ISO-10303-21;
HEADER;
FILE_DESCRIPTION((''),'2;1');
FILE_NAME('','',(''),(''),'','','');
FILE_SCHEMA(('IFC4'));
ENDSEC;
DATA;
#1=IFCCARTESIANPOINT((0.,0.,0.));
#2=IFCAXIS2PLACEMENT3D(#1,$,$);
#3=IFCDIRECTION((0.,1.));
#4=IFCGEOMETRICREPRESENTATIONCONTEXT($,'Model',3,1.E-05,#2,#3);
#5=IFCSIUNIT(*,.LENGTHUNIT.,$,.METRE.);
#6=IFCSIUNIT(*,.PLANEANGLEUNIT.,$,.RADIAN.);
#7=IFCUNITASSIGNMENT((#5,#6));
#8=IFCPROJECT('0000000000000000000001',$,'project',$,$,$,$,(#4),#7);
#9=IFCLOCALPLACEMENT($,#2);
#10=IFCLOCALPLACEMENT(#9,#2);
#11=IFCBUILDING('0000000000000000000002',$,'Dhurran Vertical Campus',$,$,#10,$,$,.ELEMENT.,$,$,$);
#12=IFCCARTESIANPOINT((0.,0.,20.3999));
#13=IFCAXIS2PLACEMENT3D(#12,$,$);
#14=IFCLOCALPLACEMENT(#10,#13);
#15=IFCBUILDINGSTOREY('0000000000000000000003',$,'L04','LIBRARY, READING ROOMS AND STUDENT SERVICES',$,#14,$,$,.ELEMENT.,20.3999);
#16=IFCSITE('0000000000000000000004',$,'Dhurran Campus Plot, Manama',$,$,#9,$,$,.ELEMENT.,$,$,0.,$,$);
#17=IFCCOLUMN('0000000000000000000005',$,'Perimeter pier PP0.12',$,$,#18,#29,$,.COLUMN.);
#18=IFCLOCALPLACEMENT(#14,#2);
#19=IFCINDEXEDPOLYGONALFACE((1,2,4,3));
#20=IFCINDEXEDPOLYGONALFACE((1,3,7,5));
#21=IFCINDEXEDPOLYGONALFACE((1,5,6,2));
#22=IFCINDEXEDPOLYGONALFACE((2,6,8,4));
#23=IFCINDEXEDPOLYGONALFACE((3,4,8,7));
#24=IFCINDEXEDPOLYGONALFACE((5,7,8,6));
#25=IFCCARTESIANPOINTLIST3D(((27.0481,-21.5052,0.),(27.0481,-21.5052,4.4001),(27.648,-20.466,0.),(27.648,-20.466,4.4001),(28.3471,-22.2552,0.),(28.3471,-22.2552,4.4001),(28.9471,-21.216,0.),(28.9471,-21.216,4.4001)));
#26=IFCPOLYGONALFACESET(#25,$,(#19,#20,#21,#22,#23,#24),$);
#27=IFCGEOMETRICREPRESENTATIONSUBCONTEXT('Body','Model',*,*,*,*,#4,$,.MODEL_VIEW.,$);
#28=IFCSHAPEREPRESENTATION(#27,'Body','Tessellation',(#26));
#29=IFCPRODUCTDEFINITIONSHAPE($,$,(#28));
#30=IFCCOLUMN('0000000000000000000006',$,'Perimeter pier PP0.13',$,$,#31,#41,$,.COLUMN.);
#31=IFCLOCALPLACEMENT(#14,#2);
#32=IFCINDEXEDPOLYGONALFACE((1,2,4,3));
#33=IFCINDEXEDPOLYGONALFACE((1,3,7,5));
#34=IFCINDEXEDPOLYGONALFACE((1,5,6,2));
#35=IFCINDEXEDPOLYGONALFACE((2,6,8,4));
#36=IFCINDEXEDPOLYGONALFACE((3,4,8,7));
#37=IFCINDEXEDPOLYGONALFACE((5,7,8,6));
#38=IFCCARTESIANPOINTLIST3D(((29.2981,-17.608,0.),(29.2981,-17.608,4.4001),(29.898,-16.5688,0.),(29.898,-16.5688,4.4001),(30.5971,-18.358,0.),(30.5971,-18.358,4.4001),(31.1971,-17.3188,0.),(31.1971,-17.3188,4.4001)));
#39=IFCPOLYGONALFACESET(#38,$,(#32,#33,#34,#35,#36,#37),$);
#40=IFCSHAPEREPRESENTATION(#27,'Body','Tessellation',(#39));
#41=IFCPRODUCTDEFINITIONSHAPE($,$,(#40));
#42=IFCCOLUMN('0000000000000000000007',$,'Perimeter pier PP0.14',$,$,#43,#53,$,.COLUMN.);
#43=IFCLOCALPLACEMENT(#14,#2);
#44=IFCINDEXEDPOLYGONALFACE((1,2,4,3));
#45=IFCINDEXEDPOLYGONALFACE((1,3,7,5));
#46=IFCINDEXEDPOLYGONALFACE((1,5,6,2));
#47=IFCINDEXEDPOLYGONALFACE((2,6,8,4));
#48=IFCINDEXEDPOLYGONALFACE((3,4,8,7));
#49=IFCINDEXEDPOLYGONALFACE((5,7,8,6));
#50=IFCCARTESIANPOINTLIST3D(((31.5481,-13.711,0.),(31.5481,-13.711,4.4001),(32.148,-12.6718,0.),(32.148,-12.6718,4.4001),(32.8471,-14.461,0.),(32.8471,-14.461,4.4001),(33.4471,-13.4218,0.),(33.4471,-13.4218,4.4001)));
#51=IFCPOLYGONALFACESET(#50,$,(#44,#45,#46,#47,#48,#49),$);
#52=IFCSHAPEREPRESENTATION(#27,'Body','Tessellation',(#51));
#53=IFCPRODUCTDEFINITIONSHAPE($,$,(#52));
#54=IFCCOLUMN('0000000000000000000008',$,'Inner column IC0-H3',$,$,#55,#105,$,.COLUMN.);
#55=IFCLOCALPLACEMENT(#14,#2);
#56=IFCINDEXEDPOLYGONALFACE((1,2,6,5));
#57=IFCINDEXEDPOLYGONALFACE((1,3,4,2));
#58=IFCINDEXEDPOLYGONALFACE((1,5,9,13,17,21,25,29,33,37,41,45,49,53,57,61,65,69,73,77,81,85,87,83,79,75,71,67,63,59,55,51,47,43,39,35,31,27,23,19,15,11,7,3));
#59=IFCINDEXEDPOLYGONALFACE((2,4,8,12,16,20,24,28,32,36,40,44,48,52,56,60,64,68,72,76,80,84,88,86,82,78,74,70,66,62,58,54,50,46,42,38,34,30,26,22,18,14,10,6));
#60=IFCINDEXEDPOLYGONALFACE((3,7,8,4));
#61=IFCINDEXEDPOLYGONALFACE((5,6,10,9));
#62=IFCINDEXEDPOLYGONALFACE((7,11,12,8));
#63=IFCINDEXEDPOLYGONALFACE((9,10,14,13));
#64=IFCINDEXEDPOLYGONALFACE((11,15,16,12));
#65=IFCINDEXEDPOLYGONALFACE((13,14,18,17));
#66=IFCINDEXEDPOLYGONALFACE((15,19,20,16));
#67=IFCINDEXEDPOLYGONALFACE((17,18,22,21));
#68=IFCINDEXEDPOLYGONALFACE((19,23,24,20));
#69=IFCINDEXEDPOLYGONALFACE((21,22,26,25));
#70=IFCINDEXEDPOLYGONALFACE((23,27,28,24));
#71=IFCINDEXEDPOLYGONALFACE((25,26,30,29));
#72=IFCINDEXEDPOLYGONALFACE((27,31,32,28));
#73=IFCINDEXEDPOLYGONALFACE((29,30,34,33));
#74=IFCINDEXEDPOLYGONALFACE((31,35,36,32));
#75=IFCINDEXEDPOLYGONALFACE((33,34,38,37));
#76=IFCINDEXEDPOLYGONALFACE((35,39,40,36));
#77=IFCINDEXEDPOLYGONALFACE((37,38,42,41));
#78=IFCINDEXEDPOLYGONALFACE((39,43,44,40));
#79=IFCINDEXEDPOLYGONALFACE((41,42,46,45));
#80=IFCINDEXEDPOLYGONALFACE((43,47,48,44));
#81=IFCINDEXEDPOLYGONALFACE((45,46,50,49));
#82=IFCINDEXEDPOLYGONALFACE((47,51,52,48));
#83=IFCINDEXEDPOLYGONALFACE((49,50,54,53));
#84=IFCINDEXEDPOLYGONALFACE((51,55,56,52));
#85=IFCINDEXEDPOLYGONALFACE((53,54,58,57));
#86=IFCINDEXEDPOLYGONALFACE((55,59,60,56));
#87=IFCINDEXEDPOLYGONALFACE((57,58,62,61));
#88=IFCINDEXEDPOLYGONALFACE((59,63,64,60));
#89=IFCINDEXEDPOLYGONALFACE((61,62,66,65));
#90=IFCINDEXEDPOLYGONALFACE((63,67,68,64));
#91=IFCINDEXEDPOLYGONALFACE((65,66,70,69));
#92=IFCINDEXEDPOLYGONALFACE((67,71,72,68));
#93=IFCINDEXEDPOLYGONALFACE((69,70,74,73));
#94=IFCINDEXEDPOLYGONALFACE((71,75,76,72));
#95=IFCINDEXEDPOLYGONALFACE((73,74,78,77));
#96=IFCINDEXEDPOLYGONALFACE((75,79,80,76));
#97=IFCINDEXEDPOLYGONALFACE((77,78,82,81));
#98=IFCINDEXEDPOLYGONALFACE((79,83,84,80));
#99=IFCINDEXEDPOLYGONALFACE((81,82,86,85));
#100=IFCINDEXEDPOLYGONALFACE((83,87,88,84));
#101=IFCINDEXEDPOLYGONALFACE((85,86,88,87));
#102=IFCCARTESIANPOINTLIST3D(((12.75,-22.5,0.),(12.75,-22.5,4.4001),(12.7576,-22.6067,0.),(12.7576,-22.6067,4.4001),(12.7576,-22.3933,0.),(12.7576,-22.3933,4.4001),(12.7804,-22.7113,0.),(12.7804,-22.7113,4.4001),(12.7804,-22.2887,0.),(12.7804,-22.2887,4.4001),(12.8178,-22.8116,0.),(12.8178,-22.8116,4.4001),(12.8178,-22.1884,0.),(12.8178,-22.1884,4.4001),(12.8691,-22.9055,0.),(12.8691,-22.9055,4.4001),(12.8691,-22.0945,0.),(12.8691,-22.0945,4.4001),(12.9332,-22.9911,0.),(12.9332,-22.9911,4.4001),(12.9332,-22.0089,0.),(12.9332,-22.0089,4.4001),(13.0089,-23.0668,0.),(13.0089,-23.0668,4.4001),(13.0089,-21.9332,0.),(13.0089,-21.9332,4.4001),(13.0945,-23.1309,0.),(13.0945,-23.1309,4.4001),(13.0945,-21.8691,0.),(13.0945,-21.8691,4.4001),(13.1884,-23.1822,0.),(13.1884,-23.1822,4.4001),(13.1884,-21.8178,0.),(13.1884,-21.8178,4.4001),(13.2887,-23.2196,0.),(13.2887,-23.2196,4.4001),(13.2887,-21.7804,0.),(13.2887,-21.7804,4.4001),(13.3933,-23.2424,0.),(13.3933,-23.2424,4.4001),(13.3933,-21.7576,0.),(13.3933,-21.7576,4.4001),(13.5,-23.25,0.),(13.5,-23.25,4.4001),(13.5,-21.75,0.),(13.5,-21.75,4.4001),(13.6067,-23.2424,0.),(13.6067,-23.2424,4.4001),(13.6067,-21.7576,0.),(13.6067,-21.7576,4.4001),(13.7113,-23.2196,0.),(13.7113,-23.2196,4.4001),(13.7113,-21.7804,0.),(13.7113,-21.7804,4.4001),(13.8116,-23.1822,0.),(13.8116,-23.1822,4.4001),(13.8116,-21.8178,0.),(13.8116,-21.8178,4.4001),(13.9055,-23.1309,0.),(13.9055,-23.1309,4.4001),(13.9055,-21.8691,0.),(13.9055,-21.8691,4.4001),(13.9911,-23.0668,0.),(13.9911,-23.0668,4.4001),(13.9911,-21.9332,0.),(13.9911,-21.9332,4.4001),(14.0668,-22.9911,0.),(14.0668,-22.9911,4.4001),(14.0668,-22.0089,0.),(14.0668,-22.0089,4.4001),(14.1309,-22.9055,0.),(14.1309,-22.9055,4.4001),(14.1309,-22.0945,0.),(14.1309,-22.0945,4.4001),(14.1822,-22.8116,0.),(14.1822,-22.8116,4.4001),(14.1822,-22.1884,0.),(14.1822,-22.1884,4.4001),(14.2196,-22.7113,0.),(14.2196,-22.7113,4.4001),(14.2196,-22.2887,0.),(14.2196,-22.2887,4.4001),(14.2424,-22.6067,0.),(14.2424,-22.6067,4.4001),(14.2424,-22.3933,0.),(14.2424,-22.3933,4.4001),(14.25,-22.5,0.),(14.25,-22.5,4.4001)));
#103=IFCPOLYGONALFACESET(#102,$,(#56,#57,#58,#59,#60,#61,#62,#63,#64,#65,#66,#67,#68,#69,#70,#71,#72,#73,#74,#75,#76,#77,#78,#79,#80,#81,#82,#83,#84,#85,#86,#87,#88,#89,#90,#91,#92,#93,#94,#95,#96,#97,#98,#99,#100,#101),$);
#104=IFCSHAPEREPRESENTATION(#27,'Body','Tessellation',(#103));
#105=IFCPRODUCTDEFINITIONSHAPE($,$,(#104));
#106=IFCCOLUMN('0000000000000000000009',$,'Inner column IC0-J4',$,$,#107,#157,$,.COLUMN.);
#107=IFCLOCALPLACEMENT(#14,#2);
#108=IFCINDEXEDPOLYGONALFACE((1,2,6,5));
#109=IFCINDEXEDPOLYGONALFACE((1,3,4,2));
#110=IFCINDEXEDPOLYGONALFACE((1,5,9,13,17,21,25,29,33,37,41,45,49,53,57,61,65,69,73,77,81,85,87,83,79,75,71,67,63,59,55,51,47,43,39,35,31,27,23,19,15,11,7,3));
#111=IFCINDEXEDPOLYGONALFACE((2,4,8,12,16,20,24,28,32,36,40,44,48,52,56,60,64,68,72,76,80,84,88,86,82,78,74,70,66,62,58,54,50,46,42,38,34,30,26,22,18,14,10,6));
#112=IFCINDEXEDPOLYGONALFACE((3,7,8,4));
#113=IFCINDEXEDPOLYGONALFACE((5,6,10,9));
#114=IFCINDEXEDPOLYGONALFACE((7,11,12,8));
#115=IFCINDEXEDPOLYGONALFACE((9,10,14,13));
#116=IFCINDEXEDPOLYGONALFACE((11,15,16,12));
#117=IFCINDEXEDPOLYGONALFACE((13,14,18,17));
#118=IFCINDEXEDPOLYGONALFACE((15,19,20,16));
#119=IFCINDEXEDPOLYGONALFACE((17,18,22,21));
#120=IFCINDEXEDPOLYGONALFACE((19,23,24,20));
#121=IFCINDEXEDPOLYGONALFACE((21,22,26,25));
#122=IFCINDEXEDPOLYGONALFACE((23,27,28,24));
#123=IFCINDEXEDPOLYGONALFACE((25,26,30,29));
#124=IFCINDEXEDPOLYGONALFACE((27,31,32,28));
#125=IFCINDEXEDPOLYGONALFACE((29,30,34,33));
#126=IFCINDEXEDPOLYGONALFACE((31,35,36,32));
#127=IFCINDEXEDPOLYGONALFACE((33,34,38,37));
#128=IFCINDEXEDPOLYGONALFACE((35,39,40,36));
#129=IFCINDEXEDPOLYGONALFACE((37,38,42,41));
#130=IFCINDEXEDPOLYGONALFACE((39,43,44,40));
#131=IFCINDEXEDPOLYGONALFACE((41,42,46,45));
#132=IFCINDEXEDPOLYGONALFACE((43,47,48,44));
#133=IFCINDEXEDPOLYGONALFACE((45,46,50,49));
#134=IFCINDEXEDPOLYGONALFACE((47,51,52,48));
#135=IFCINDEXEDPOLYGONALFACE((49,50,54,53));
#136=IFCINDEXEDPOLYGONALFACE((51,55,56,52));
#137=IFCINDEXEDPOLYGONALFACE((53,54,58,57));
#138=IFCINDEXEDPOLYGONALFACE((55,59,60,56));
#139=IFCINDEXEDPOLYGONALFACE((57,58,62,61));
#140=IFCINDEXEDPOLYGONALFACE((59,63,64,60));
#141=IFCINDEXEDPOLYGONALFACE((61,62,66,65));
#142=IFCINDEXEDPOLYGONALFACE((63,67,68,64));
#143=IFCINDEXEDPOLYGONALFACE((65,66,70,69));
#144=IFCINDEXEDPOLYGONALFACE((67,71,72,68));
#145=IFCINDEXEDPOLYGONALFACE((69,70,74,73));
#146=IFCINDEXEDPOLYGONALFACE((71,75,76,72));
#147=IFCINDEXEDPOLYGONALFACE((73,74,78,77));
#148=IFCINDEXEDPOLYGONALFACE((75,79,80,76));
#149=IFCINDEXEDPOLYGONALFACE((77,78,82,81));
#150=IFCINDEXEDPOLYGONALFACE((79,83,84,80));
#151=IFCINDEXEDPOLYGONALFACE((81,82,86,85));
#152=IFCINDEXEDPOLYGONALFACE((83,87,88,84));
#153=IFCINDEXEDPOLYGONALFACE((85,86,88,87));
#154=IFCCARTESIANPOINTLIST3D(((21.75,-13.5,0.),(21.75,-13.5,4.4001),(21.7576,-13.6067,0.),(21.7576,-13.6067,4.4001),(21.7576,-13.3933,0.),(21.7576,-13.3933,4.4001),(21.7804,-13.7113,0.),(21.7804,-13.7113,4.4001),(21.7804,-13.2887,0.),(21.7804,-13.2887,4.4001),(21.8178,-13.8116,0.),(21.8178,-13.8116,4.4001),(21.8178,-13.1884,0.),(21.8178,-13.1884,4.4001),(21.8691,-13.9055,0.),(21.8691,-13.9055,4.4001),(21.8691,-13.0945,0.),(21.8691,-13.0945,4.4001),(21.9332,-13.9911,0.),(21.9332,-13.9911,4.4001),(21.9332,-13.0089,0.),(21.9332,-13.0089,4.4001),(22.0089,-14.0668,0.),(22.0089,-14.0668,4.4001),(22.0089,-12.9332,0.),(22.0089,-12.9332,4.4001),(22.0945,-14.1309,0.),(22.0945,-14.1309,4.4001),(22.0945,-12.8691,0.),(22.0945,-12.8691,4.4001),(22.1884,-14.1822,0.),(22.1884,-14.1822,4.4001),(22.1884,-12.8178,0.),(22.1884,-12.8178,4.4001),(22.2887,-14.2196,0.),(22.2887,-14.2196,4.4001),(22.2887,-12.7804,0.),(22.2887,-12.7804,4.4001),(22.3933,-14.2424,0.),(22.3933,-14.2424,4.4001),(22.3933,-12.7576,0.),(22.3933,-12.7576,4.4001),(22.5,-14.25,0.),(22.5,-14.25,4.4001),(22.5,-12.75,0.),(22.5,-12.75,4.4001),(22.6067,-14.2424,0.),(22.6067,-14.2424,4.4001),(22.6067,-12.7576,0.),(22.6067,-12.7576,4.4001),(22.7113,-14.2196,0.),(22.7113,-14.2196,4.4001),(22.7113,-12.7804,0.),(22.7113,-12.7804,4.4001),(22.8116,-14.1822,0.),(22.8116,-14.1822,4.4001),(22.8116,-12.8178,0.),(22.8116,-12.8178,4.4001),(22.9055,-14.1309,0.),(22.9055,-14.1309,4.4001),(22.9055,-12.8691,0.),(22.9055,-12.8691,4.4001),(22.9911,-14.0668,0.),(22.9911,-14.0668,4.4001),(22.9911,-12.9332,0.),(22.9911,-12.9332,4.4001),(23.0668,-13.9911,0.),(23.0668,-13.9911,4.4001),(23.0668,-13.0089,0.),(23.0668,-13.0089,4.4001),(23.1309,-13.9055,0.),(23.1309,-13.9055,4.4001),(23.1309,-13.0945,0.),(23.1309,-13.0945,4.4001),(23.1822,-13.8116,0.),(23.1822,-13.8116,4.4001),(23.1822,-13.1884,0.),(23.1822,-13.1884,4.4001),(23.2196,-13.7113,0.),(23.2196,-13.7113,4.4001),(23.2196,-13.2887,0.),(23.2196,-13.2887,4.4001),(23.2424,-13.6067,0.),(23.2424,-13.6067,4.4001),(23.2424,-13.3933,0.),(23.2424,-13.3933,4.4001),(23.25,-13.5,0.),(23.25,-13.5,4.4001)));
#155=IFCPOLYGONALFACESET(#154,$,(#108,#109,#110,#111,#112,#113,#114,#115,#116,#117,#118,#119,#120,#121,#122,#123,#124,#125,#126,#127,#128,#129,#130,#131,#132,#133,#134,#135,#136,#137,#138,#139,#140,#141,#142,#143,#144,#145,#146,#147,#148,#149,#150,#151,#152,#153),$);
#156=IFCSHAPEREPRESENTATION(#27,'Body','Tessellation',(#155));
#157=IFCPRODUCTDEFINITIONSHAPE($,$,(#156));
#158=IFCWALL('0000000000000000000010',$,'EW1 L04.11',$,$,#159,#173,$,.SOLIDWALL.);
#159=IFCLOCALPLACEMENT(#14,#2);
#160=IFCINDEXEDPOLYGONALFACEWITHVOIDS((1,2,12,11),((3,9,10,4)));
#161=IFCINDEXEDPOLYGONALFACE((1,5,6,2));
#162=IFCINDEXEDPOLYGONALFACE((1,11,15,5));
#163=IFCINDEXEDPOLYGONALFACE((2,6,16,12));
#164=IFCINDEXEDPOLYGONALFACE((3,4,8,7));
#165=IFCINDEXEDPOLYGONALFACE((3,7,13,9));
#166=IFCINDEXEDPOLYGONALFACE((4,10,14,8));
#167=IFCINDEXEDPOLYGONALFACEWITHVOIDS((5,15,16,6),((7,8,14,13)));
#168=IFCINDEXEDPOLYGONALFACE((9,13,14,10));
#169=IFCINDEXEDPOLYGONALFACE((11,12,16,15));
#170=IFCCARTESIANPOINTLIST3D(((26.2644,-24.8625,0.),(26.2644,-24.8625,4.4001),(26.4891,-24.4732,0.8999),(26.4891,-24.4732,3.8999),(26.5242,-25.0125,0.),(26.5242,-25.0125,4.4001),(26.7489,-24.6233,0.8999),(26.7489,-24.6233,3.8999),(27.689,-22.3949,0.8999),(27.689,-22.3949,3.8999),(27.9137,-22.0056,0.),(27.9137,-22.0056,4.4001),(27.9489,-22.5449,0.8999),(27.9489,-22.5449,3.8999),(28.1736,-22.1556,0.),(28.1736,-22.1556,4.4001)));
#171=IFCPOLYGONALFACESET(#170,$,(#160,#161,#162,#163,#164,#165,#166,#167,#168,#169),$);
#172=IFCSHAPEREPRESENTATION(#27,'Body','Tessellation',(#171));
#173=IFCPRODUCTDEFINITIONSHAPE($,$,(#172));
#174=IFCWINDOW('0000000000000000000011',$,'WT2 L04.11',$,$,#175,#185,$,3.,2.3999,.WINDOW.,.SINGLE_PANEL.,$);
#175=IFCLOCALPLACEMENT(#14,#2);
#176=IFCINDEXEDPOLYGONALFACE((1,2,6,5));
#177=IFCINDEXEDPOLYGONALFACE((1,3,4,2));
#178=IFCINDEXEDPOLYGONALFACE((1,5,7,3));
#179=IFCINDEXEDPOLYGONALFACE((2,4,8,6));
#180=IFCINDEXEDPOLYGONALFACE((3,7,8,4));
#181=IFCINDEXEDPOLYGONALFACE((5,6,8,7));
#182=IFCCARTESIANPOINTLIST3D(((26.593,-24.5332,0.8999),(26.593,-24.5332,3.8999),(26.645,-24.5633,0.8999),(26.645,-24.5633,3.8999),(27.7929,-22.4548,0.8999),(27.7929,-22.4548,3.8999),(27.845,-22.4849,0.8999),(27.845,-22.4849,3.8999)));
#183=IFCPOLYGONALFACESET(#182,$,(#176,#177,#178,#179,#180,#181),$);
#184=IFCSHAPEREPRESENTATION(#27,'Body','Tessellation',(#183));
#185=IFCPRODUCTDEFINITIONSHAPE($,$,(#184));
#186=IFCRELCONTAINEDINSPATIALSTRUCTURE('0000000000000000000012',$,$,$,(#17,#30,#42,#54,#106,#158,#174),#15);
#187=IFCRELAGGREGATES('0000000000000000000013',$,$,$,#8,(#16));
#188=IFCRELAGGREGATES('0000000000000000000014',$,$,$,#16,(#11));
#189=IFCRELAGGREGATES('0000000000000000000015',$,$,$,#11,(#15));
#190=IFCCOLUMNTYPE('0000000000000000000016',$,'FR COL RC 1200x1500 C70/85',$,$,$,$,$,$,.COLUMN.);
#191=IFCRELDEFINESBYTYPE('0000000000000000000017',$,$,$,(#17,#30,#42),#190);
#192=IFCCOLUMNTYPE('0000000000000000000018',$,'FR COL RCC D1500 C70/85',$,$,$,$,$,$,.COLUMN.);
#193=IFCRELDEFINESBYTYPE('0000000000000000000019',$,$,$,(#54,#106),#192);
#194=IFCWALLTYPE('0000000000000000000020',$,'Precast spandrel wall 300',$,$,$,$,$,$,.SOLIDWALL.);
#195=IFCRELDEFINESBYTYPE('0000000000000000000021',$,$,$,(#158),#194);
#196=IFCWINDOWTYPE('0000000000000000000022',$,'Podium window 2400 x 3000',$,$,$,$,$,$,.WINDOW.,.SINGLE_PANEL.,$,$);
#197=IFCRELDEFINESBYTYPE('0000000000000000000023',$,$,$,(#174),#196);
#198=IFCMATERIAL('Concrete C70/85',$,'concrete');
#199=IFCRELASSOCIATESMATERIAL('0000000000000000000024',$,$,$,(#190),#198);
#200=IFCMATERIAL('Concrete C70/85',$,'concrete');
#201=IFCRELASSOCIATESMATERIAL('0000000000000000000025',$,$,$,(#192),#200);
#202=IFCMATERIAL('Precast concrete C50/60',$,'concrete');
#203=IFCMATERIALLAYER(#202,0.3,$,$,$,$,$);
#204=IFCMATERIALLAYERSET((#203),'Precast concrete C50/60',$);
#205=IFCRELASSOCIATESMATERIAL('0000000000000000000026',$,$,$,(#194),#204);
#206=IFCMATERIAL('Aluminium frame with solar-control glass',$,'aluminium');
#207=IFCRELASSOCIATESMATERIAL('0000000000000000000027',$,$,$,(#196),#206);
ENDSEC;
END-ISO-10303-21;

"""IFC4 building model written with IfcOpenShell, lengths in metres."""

from ifc_helpers import new_model, si_unit, direction, frame, frame_2d, origin, origin_2d, place, context, subcontext, project, spatial, rectangle, circle, extrude, material, layer, layer_set, material_profile, profile_set, type_object, element, fill, save


model = new_model("IFC4")

# Units and contexts
model_context = context("Model", 3, precision=1e-05, world=origin(), true_north=direction((0.0, 1.0)))
body_context = subcontext(model_context, "Body", "Model", "MODEL_VIEW")
ifc_project = project(units=[si_unit("LENGTHUNIT", "METRE"), si_unit("PLANEANGLEUNIT", "RADIAN")], contexts=[model_context])

# Site, building, storey
site_placement = place(None, origin())
site = spatial("IfcSite", under=ifc_project, at=site_placement, Name="Dhurran Campus Plot, Manama", CompositionType="ELEMENT", RefElevation=0.0)
building_placement = place(site_placement, origin())
building = spatial("IfcBuilding", under=site, at=building_placement, Name="Dhurran Vertical Campus", CompositionType="ELEMENT")
storey_placement = place(building_placement, frame((0.0, 0.0, 20.3999)))
storey = spatial("IfcBuildingStorey", under=building, at=storey_placement, Name="L04", Description="LIBRARY, READING ROOMS AND STUDENT SERVICES", CompositionType="ELEMENT", Elevation=20.3999)

# Columns
ifc_material_1 = material(Name="Concrete C70/85", Category="concrete")
ifc_material_profile_1 = material_profile(ifc_material_1, rectangle(XDim=1.2, YDim=1.5, at=origin_2d()), Name="RC 1200x1500")
ifc_profile_set_1 = profile_set([ifc_material_profile_1], Name="Concrete C70/85")
column_type_1 = type_object("IfcColumnType", Name="FR COL RC 1200x1500 C70/85", PredefinedType="COLUMN", material=ifc_profile_set_1)
for number, where, z_axis, x_axis, name in (
    (1, (27.9976, -21.3606, 0.0), (0.0, 0.0, 1.0), (0.5, 0.866025, 0.0), "Perimeter pier PP0.12"),
    (2, (30.2476, -17.4634, 0.0), (0.0, 0.0, 1.0), (0.5, 0.866025, 0.0), "Perimeter pier PP0.13"),
    (3, (32.4976, -13.5664, 0.0), (0.0, 0.0, 1.0), (0.5, 0.866025, 0.0), "Perimeter pier PP0.14"),
):
    element("IfcColumn", number, at=place(storey_placement, frame(where, z_axis=z_axis, x_axis=x_axis)), inside=storey, type_object=column_type_1, Name=name, PredefinedType="COLUMN", context=body_context, shape_type="SweptSolid", body=[
        extrude(rectangle(XDim=1.2, YDim=1.5, at=origin_2d()), origin(), (0.0, 0.0, 1.0), 4.4001),
    ])
ifc_material_2 = material(Name="Concrete C70/85", Category="concrete")
ifc_material_profile_2 = material_profile(ifc_material_2, circle(Radius=0.75, at=origin_2d()), Name="RCC D1500")
ifc_profile_set_2 = profile_set([ifc_material_profile_2], Name="Concrete C70/85")
column_type_2 = type_object("IfcColumnType", Name="FR COL RCC D1500 C70/85", PredefinedType="COLUMN", material=ifc_profile_set_2)
for number, where, z_axis, x_axis, name in (
    (4, (13.5, -22.5, 0.0), (0.0, 0.0, 1.0), (1.0, 0.0, 0.0), "Inner column IC0-H3"),
    (5, (22.5, -13.5, 0.0), (0.0, 0.0, 1.0), (1.0, 0.0, 0.0), "Inner column IC0-J4"),
):
    element("IfcColumn", number, at=place(storey_placement, frame(where, z_axis=z_axis, x_axis=x_axis)), inside=storey, type_object=column_type_2, Name=name, PredefinedType="COLUMN", context=body_context, shape_type="SweptSolid", body=[
        extrude(circle(Radius=0.75, at=origin_2d()), origin(), (0.0, 0.0, 1.0), 4.4001),
    ])

# Wall, opening, window
ifc_material_3 = material(Name="Precast concrete C50/60", Category="concrete")
ifc_layer_1 = layer(ifc_material_3, 0.3)
ifc_layer_set_1 = layer_set([ifc_layer_1], Name="Precast concrete C50/60")
wall_type_1 = type_object("IfcWallType", Name="Precast spandrel wall 300", PredefinedType="SOLIDWALL", material=ifc_layer_set_1)
wall_1_placement = place(storey_placement, frame((26.3943, -24.9375, 0.0), z_axis=(0.0, 0.0, 1.0), x_axis=(0.499992, 0.86603, 0.0)))
wall_1 = element("IfcWall", 6, at=wall_1_placement, inside=storey, type_object=wall_type_1, Name="EW1 L04.11", PredefinedType="SOLIDWALL", context=body_context, shape_type="SweptSolid", body=[
    extrude(rectangle(XDim=3.2988, YDim=0.3, at=frame_2d((1.6494, 0.0))), origin(), (0.0, 0.0, 1.0), 4.4001),
])
opening_1_placement = place(wall_1_placement, frame((0.4495, 0.0, 0.8999)))
opening_1 = element("IfcOpeningElement", 7, at=opening_1_placement, cuts=wall_1, PredefinedType="OPENING", context=body_context, shape_type="SweptSolid", body=[
    extrude(rectangle(XDim=2.3999, YDim=3.0, at=frame_2d((1.2, 1.5))), frame((0.0, 0.1599, 0.0), z_axis=(0.0, -1.0, 0.0), x_axis=(1.0, 0.0, 0.0)), (0.0, 0.0, 1.0), 0.3201),
])
ifc_material_4 = material(Name="Aluminium frame with solar-control glass", Category="aluminium")
window_type = type_object("IfcWindowType", Name="Podium window 2400 x 3000", PartitioningType="SINGLE_PANEL", PredefinedType="WINDOW", material=ifc_material_4)
window_1_placement = place(opening_1_placement, origin())
window_1 = element("IfcWindow", 8, at=window_1_placement, inside=storey, type_object=window_type, Name="WT2 L04.11", OverallHeight=3.0, OverallWidth=2.3999, PartitioningType="SINGLE_PANEL", PredefinedType="WINDOW", context=body_context, shape_type="SweptSolid", body=[
    extrude(rectangle(XDim=2.3999, YDim=3.0, at=frame_2d((1.2, 1.5))), frame((0.0, 0.03, 0.0), z_axis=(0.0, -1.0, 0.0), x_axis=(1.0, 0.0, 0.0)), (0.0, 0.0, 1.0), 0.0601),
])
fill(opening_1, window_1)

save(model, "model.ifc")
